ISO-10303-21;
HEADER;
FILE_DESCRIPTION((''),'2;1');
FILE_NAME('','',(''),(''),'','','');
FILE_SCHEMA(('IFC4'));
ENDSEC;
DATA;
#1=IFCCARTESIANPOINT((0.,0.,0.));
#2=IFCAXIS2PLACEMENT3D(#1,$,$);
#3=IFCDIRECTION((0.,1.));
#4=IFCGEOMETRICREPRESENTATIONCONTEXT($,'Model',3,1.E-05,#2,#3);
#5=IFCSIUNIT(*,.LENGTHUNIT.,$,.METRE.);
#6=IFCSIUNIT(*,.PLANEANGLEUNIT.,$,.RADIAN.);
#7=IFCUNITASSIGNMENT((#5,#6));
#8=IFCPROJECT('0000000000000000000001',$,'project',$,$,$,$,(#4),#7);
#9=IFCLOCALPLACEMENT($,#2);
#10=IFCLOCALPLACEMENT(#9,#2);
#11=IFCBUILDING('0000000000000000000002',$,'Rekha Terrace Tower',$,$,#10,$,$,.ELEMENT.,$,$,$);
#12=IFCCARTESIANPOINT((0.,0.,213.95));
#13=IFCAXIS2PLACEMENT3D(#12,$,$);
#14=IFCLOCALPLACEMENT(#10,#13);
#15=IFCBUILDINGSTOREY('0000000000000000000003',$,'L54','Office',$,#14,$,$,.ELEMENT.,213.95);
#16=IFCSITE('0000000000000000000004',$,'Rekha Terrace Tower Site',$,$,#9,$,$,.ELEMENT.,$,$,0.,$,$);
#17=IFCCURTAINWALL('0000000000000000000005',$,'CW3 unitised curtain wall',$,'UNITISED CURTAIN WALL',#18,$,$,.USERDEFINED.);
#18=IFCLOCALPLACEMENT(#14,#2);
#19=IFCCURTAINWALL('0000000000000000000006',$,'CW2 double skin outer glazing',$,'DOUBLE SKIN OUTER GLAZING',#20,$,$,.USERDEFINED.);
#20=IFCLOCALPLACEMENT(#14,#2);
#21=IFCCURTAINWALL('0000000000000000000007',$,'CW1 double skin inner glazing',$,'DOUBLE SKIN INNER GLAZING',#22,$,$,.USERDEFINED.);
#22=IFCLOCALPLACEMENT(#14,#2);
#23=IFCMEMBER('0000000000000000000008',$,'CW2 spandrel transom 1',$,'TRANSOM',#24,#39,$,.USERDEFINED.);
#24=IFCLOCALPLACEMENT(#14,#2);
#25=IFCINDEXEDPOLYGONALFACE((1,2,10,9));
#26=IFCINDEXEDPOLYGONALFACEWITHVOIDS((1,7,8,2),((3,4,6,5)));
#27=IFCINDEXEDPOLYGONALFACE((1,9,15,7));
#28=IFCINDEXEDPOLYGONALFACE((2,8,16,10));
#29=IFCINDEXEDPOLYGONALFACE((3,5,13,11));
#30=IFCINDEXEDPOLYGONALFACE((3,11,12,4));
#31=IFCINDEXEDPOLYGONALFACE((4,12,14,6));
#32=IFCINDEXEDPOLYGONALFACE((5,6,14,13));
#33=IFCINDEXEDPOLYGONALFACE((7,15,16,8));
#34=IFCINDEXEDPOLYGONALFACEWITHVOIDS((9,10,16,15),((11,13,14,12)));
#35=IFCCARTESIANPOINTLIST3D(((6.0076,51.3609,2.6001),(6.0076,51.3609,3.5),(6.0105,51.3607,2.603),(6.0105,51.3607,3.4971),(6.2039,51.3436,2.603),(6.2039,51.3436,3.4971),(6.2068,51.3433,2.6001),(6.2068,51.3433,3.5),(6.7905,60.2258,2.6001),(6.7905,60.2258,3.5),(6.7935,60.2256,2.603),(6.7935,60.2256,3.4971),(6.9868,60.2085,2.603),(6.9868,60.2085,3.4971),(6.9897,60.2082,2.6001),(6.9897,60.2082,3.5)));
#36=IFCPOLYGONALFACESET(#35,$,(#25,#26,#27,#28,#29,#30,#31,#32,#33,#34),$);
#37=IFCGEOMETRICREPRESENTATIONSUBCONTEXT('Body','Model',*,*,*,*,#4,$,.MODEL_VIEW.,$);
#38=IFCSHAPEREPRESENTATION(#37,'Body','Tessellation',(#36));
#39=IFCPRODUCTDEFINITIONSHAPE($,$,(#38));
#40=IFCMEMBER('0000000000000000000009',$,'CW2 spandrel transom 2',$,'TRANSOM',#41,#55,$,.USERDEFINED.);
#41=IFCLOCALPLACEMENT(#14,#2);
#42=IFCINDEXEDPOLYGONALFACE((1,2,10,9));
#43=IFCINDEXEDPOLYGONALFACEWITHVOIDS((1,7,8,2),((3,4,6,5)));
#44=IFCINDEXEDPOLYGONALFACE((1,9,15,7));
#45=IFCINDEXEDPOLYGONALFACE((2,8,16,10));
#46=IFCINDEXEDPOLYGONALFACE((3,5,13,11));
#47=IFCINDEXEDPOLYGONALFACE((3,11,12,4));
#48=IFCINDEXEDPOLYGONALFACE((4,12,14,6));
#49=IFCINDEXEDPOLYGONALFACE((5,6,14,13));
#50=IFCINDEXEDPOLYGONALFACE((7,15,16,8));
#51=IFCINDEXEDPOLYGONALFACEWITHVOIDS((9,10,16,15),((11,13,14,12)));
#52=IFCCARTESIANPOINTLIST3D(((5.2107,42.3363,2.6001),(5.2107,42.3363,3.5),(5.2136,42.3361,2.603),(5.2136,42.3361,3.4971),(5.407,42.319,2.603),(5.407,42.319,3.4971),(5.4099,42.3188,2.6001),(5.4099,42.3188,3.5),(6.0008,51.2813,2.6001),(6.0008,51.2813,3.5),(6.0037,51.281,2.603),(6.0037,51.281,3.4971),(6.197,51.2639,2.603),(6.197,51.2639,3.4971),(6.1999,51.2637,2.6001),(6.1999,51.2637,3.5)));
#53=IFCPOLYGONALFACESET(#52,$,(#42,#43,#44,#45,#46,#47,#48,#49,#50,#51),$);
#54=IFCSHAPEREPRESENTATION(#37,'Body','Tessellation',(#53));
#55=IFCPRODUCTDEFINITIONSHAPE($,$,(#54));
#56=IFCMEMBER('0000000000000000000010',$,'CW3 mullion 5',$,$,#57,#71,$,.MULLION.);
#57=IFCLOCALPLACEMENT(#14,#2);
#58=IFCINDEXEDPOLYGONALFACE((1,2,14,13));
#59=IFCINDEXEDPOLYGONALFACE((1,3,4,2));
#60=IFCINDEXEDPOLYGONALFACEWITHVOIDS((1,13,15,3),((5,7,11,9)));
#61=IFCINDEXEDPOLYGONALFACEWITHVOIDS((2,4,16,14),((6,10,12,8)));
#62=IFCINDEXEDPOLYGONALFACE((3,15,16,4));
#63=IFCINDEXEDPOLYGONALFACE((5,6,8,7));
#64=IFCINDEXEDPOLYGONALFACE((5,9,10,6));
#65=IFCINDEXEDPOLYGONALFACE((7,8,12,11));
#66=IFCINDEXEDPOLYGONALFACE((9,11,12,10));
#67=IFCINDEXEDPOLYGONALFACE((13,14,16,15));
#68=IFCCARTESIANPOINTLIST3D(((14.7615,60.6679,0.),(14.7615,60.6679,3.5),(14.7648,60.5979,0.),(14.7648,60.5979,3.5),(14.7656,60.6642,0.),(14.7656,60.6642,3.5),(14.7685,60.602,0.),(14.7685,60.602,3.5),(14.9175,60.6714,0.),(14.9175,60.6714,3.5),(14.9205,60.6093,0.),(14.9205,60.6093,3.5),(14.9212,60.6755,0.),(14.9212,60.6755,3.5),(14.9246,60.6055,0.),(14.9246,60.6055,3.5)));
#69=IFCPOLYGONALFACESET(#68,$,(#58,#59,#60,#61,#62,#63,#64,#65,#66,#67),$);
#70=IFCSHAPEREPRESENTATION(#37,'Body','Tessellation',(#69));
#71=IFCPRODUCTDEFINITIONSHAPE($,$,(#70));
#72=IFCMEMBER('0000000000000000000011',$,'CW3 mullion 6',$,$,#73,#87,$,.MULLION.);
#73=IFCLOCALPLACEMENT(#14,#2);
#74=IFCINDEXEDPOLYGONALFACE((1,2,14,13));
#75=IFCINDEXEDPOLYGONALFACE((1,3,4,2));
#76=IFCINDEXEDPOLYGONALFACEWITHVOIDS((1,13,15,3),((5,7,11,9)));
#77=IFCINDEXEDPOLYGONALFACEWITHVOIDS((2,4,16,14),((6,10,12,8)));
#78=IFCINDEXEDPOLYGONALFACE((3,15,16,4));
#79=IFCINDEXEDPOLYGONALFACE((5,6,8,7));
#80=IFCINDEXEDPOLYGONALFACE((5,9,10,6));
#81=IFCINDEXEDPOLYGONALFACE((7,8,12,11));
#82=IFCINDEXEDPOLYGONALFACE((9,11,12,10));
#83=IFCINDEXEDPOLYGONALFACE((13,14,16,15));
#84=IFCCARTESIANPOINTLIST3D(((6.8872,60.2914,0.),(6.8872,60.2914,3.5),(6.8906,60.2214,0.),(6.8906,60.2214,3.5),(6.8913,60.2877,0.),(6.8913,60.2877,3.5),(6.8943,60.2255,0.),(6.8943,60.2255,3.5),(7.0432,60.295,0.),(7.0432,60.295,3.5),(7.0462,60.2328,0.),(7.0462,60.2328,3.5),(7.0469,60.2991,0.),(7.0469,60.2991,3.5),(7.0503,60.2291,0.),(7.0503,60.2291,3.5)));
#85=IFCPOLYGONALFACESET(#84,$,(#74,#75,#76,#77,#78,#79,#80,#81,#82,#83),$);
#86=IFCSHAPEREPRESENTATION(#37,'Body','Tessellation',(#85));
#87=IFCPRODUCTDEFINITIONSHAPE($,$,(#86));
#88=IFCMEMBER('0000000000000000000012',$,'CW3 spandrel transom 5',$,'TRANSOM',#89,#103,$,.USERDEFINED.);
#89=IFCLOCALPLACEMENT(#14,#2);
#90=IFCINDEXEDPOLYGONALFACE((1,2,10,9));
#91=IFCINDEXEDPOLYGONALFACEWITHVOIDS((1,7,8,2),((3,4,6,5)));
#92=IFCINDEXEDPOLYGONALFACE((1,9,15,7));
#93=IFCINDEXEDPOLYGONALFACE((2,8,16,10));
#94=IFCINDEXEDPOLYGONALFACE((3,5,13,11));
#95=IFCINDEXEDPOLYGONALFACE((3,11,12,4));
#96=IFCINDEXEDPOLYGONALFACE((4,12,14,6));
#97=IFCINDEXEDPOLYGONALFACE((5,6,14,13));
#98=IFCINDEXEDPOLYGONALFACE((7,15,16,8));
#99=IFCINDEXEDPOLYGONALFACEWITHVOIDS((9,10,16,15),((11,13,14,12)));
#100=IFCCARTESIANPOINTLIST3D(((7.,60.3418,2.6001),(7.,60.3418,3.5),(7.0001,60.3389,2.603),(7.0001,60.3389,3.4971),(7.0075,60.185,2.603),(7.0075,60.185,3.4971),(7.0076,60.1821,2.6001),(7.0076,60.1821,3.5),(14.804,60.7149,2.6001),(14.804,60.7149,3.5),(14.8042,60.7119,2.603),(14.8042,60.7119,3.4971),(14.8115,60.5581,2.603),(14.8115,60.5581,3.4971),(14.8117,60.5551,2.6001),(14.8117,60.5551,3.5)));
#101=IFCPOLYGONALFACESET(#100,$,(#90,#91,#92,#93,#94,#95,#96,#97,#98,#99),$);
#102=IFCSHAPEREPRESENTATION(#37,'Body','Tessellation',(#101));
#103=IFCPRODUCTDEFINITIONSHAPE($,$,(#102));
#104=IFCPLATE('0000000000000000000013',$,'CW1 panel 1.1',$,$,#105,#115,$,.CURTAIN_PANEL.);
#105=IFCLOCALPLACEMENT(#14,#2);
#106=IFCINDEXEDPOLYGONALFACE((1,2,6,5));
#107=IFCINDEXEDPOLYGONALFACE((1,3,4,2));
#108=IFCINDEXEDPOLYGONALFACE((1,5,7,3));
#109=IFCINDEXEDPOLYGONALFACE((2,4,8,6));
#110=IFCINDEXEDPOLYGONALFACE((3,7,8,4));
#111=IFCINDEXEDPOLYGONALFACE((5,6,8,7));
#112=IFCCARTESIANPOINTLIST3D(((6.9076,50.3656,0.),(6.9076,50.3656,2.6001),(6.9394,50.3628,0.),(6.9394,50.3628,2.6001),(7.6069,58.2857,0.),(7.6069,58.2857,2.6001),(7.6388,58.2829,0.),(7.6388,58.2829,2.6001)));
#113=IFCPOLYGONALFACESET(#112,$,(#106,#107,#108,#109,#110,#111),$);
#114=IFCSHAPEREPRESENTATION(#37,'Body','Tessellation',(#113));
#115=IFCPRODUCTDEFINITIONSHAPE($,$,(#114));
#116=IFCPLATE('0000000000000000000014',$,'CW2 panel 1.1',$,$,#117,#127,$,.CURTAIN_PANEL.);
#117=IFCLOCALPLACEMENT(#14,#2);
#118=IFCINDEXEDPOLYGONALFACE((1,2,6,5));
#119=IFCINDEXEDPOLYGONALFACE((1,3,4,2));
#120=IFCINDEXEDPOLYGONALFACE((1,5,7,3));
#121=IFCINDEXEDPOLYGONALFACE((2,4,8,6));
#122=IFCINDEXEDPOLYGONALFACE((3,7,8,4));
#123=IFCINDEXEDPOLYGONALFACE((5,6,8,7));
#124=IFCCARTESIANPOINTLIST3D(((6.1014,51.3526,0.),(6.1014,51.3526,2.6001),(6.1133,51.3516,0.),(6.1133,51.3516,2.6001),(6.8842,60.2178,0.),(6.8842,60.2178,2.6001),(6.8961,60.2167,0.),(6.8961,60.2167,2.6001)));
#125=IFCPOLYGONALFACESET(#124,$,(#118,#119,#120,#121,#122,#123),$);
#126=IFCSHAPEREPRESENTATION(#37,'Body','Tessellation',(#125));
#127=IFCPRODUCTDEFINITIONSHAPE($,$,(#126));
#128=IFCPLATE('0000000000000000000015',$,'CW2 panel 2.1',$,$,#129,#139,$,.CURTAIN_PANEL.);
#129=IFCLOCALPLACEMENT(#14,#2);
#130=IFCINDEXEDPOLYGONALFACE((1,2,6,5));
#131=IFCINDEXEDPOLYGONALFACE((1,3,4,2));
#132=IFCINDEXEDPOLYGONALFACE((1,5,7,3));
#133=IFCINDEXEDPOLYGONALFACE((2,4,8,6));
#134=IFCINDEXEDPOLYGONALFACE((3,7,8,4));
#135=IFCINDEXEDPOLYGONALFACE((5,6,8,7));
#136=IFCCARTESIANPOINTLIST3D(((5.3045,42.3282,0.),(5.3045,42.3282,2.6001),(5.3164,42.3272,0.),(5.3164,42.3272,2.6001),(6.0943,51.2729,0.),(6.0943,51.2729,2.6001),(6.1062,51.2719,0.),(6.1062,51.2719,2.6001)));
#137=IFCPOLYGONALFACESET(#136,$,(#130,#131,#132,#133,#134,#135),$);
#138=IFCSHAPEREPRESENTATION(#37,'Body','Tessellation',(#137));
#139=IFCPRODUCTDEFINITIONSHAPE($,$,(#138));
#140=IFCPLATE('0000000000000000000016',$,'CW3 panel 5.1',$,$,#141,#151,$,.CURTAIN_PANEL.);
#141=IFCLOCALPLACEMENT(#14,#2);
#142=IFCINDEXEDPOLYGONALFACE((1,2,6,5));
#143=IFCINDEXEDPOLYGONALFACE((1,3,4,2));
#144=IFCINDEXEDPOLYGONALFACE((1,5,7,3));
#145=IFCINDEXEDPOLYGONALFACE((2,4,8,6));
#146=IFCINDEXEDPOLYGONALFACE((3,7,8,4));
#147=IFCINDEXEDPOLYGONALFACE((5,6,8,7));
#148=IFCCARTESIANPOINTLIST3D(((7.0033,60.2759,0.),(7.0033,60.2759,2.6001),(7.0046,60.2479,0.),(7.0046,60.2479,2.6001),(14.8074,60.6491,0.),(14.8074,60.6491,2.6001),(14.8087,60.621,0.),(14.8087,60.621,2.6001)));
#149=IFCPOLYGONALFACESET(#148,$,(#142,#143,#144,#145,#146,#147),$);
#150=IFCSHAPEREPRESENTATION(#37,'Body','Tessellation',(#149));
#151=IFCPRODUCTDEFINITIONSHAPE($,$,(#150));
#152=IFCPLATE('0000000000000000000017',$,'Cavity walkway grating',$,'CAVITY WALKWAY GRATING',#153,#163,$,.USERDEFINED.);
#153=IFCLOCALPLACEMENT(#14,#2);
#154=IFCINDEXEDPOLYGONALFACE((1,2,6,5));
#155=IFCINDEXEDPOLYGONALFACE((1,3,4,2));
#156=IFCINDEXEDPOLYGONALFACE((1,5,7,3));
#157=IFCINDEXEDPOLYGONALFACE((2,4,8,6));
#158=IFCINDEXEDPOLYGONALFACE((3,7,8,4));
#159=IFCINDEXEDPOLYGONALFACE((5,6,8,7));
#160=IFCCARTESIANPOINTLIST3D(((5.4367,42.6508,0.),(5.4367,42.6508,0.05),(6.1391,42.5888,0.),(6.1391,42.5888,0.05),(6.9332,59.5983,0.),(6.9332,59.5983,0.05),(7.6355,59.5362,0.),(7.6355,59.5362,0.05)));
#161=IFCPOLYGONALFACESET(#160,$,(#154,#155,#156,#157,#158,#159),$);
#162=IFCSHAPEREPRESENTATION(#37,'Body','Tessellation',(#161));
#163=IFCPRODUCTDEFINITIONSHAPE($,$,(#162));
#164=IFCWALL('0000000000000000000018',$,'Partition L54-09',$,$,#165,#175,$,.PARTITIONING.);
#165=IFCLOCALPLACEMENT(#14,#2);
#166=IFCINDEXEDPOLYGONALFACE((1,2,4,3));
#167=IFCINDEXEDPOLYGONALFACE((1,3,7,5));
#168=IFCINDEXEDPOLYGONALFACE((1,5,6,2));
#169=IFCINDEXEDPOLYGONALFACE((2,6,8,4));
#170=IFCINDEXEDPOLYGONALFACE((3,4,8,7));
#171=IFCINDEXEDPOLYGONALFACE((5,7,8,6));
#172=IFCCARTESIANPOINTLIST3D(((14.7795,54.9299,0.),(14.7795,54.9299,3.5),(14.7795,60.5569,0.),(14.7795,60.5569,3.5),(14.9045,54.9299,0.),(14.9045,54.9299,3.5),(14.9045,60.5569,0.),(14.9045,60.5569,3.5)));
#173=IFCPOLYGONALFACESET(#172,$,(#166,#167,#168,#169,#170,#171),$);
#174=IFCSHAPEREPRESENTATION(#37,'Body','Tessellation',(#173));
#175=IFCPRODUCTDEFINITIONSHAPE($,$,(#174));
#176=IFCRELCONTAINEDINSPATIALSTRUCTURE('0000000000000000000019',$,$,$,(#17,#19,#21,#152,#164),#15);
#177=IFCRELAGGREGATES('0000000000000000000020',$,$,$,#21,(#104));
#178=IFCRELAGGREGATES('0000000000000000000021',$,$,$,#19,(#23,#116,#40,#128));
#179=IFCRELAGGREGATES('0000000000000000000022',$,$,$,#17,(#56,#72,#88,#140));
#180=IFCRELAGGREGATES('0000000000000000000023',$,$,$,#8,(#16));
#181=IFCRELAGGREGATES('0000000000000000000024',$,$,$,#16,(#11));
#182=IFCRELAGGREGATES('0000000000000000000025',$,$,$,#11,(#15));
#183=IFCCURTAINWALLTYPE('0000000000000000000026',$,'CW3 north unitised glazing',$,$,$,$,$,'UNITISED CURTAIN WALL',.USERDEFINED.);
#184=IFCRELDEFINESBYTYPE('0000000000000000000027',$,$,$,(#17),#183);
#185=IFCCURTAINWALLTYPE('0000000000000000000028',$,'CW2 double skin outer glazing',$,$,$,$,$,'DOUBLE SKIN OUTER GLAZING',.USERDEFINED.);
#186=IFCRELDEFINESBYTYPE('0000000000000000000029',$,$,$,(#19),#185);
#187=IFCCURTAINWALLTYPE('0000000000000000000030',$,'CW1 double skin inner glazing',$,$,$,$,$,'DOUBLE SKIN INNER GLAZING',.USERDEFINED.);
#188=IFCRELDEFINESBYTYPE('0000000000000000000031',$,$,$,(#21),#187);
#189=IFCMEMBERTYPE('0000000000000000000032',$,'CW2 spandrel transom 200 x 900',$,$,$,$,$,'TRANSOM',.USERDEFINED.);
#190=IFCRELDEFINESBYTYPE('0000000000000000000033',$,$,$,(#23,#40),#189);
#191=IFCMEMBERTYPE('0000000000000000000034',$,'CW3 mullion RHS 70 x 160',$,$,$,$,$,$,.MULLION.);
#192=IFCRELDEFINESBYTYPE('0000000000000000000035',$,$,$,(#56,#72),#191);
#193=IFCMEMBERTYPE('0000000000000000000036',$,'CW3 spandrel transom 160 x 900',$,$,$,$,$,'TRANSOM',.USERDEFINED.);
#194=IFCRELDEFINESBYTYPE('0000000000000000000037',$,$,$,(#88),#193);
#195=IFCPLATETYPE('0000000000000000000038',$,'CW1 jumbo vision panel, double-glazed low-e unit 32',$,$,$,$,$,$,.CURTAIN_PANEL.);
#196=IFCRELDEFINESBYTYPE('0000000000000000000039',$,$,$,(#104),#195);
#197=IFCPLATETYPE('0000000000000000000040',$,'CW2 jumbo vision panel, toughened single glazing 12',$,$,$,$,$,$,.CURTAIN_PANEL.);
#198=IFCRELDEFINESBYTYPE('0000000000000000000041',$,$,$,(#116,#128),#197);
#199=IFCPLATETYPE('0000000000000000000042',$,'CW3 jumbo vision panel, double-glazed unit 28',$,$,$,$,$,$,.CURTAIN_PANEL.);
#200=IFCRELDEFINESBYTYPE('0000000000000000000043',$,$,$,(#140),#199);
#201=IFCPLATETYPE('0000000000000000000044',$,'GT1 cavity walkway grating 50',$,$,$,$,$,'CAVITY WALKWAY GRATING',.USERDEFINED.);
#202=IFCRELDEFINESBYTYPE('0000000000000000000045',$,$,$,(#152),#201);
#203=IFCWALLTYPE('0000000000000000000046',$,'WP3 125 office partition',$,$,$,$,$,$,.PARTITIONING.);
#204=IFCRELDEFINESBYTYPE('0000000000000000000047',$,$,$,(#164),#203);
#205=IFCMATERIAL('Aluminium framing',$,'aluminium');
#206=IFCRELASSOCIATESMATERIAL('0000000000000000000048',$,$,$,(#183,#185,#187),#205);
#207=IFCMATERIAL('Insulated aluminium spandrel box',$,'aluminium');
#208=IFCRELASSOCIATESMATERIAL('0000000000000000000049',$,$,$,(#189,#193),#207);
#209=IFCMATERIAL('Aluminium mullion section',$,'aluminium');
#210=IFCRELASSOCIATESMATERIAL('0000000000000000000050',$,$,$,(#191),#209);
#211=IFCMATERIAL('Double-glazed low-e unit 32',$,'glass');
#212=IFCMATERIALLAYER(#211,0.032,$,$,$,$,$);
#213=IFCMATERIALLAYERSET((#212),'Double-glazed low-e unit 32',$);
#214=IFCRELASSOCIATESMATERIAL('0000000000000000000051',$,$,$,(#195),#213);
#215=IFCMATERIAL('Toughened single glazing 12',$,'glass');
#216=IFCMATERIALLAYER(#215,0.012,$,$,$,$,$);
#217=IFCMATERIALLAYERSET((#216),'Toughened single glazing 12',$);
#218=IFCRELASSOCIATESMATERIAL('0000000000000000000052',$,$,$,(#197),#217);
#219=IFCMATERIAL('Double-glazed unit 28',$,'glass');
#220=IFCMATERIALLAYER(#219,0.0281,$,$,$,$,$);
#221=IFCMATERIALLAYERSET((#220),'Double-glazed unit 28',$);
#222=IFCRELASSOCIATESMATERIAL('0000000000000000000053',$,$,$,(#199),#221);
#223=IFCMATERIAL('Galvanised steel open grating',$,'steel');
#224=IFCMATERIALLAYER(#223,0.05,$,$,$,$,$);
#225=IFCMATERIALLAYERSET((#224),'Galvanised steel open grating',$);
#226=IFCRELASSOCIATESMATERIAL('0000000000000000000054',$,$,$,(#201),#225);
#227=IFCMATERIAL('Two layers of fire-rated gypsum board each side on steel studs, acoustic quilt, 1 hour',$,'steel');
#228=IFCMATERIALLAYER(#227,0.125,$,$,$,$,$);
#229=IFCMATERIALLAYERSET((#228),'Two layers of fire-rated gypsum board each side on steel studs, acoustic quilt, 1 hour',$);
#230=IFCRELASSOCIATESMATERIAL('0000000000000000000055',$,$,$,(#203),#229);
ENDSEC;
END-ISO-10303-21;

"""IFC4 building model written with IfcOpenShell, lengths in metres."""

from ifc_helpers import new_model, si_unit, direction, frame, frame_2d, origin, origin_2d, place, context, subcontext, project, spatial, rectangle, hollow_rectangle, extrude, material, layer, layer_set, material_profile, profile_set, type_object, element, aggregate, save


model = new_model("IFC4")

# Units and contexts
model_context = context("Model", 3, precision=1e-05, world=origin(), true_north=direction((0.0, 1.0)))
body_context = subcontext(model_context, "Body", "Model", "MODEL_VIEW")
ifc_project = project(units=[si_unit("LENGTHUNIT", "METRE"), si_unit("PLANEANGLEUNIT", "RADIAN")], contexts=[model_context])

# Site, building, storey
site_placement = place(None, origin())
site = spatial("IfcSite", under=ifc_project, at=site_placement, Name="Rekha Terrace Tower Site", CompositionType="ELEMENT", RefElevation=0.0)
building_placement = place(site_placement, origin())
building = spatial("IfcBuilding", under=site, at=building_placement, Name="Rekha Terrace Tower", CompositionType="ELEMENT")
storey_placement = place(building_placement, frame((0.0, 0.0, 213.95)))
storey = spatial("IfcBuildingStorey", under=building, at=storey_placement, Name="L54", Description="Office", CompositionType="ELEMENT", Elevation=213.95)

# Curtain walls
ifc_material_1 = material(Name="Aluminium framing", Category="aluminium")
curtain_wall_type_1 = type_object("IfcCurtainWallType", Name="CW3 north unitised glazing", ElementType="UNITISED CURTAIN WALL", PredefinedType="USERDEFINED", material=ifc_material_1)
curtain_wall_1_placement = place(storey_placement, origin())
curtain_wall_1 = element("IfcCurtainWall", 1, at=curtain_wall_1_placement, inside=storey, type_object=curtain_wall_type_1, Name="CW3 unitised curtain wall", ObjectType="UNITISED CURTAIN WALL", PredefinedType="USERDEFINED")
curtain_wall_type_2 = type_object("IfcCurtainWallType", Name="CW2 double skin outer glazing", ElementType="DOUBLE SKIN OUTER GLAZING", PredefinedType="USERDEFINED", material=ifc_material_1)
curtain_wall_2_placement = place(storey_placement, origin())
curtain_wall_2 = element("IfcCurtainWall", 2, at=curtain_wall_2_placement, inside=storey, type_object=curtain_wall_type_2, Name="CW2 double skin outer glazing", ObjectType="DOUBLE SKIN OUTER GLAZING", PredefinedType="USERDEFINED")

# Curtain wall
curtain_wall_type_3 = type_object("IfcCurtainWallType", Name="CW1 double skin inner glazing", ElementType="DOUBLE SKIN INNER GLAZING", PredefinedType="USERDEFINED", material=ifc_material_1)
curtain_wall_3_placement = place(storey_placement, origin())
curtain_wall_3 = element("IfcCurtainWall", 3, at=curtain_wall_3_placement, inside=storey, type_object=curtain_wall_type_3, Name="CW1 double skin inner glazing", ObjectType="DOUBLE SKIN INNER GLAZING", PredefinedType="USERDEFINED")
ifc_material_2 = material(Name="Aluminium mullion section", Category="aluminium")
ifc_material_3 = material(Name="Insulated aluminium spandrel box", Category="aluminium")

# Members
ifc_material_profile_1 = material_profile(ifc_material_3, hollow_rectangle(XDim=0.2, YDim=0.8999, WallThickness=0.0029, at=origin_2d()), Name="AL SPANDREL BOX 200x900")
ifc_profile_set_1 = profile_set([ifc_material_profile_1], Name="Insulated aluminium spandrel box")
member_type_1 = type_object("IfcMemberType", Name="CW2 spandrel transom 200 x 900", ElementType="TRANSOM", PredefinedType="USERDEFINED", material=ifc_profile_set_1)
member_1_placement = place(storey_placement, frame((6.8901, 60.217, 3.05), z_axis=(-0.087978, -0.996122, 0.0), x_axis=(0.996122, -0.087978, 0.0)))
member_1 = element("IfcMember", 4, at=member_1_placement, type_object=member_type_1, Name="CW2 spandrel transom 1", ObjectType="TRANSOM", PredefinedType="USERDEFINED", context=body_context, shape_type="SweptSolid", body=[
    extrude(hollow_rectangle(XDim=0.2, YDim=0.8999, WallThickness=0.0029, at=origin_2d()), origin(), (0.0, 0.0, 1.0), 8.8994),
])
member_2_placement = place(storey_placement, frame((6.1003, 51.2725, 3.05), z_axis=(-0.087981, -0.996122, 0.0), x_axis=(0.996122, -0.087981, 0.0)))
member_2 = element("IfcMember", 5, at=member_2_placement, type_object=member_type_1, Name="CW2 spandrel transom 2", ObjectType="TRANSOM", PredefinedType="USERDEFINED", context=body_context, shape_type="SweptSolid", body=[
    extrude(hollow_rectangle(XDim=0.2, YDim=0.8999, WallThickness=0.0029, at=origin_2d()), origin(), (0.0, 0.0, 1.0), 8.9797),
])
ifc_material_profile_2 = material_profile(ifc_material_2, hollow_rectangle(XDim=0.0701, YDim=0.1599, WallThickness=0.0039, at=origin_2d()), Name="AL RHS 70x160")
ifc_profile_set_2 = profile_set([ifc_material_profile_2], Name="Aluminium mullion section")
member_type_2 = type_object("IfcMemberType", Name="CW3 mullion RHS 70 x 160", PredefinedType="MULLION", material=ifc_profile_set_2)
member_3_placement = place(storey_placement, frame((14.843, 60.6367, 0.0), z_axis=(0.0, 0.0, 1.0), x_axis=(0.047759, -0.998859, 0.0)))
member_3 = element("IfcMember", 6, at=member_3_placement, type_object=member_type_2, Name="CW3 mullion 5", PredefinedType="MULLION", context=body_context, shape_type="SweptSolid", body=[
    extrude(hollow_rectangle(XDim=0.0701, YDim=0.1599, WallThickness=0.0039, at=origin_2d()), origin(), (0.0, 0.0, 1.0), 3.5),
])
member_4_placement = place(storey_placement, frame((6.9688, 60.2603, 0.0), z_axis=(0.0, 0.0, 1.0), x_axis=(0.047759, -0.998859, 0.0)))
member_4 = element("IfcMember", 7, at=member_4_placement, type_object=member_type_2, Name="CW3 mullion 6", PredefinedType="MULLION", context=body_context, shape_type="SweptSolid", body=[
    extrude(hollow_rectangle(XDim=0.0701, YDim=0.1599, WallThickness=0.0039, at=origin_2d()), origin(), (0.0, 0.0, 1.0), 3.5),
])
ifc_material_profile_3 = material_profile(ifc_material_3, hollow_rectangle(XDim=0.1599, YDim=0.8999, WallThickness=0.0029, at=origin_2d()), Name="AL SPANDREL BOX 160x900")
ifc_profile_set_3 = profile_set([ifc_material_profile_3], Name="Insulated aluminium spandrel box")
member_type_3 = type_object("IfcMemberType", Name="CW3 spandrel transom 160 x 900", ElementType="TRANSOM", PredefinedType="USERDEFINED", material=ifc_profile_set_3)
member_5_placement = place(storey_placement, frame((14.8079, 60.635, 3.05), z_axis=(-0.998859, -0.047748, 0.0), x_axis=(0.047748, -0.998859, 0.0)))
member_5 = element("IfcMember", 8, at=member_5_placement, type_object=member_type_3, Name="CW3 spandrel transom 5", ObjectType="TRANSOM", PredefinedType="USERDEFINED", context=body_context, shape_type="SweptSolid", body=[
    extrude(hollow_rectangle(XDim=0.1599, YDim=0.8999, WallThickness=0.0029, at=origin_2d()), origin(), (0.0, 0.0, 1.0), 7.813),
])

# Plates
ifc_material_4 = material(Name="Double-glazed low-e unit 32", Category="glass")
ifc_layer_1 = layer(ifc_material_4, 0.032)
ifc_layer_set_1 = layer_set([ifc_layer_1], Name="Double-glazed low-e unit 32")
plate_type_1 = type_object("IfcPlateType", Name="CW1 jumbo vision panel, double-glazed low-e unit 32", PredefinedType="CURTAIN_PANEL", material=ifc_layer_set_1)
plate_1_placement = place(storey_placement, frame((7.2732, 54.3242, 0.0), z_axis=(0.0, 0.0, 1.0), x_axis=(-0.087958, -0.996124, 0.0)))
plate_1 = element("IfcPlate", 9, at=plate_1_placement, type_object=plate_type_1, Name="CW1 panel 1.1", PredefinedType="CURTAIN_PANEL", context=body_context, shape_type="SweptSolid", body=[
    extrude(rectangle(XDim=7.9509, YDim=0.032, at=origin_2d()), origin(), (0.0, 0.0, 1.0), 2.6001),
])
aggregate(curtain_wall_3, [plate_1])
ifc_material_5 = material(Name="Toughened single glazing 12", Category="glass")
ifc_layer_2 = layer(ifc_material_5, 0.012)
ifc_layer_set_2 = layer_set([ifc_layer_2], Name="Toughened single glazing 12")
plate_type_2 = type_object("IfcPlateType", Name="CW2 jumbo vision panel, toughened single glazing 12", PredefinedType="CURTAIN_PANEL", material=ifc_layer_set_2)
plate_2_placement = place(storey_placement, frame((6.4988, 55.7847, 0.0), z_axis=(0.0, 0.0, 1.0), x_axis=(-0.087958, -0.996124, 0.0)))
plate_2 = element("IfcPlate", 10, at=plate_2_placement, type_object=plate_type_2, Name="CW2 panel 1.1", PredefinedType="CURTAIN_PANEL", context=body_context, shape_type="SweptSolid", body=[
    extrude(rectangle(XDim=8.8997, YDim=0.012, at=origin_2d()), origin(), (0.0, 0.0, 1.0), 2.6001),
])
plate_3_placement = place(storey_placement, frame((5.7053, 46.8, 0.0), z_axis=(0.0, 0.0, 1.0), x_axis=(-0.087958, -0.996124, 0.0)))
plate_3 = element("IfcPlate", 11, at=plate_3_placement, type_object=plate_type_2, Name="CW2 panel 2.1", PredefinedType="CURTAIN_PANEL", context=body_context, shape_type="SweptSolid", body=[
    extrude(rectangle(XDim=8.9795, YDim=0.012, at=origin_2d()), origin(), (0.0, 0.0, 1.0), 2.6001),
])
aggregate(curtain_wall_2, [member_1, plate_2, member_2, plate_3])
ifc_material_6 = material(Name="Double-glazed unit 28", Category="glass")
ifc_layer_3 = layer(ifc_material_6, 0.0281)
ifc_layer_set_3 = layer_set([ifc_layer_3], Name="Double-glazed unit 28")
plate_type_3 = type_object("IfcPlateType", Name="CW3 jumbo vision panel, double-glazed unit 28", PredefinedType="CURTAIN_PANEL", material=ifc_layer_set_3)
plate_4_placement = place(storey_placement, frame((10.906, 60.4485, 0.0), z_axis=(0.0, 0.0, 1.0), x_axis=(-0.998859, -0.047759, 0.0)))
plate_4 = element("IfcPlate", 12, at=plate_4_placement, type_object=plate_type_3, Name="CW3 panel 5.1", PredefinedType="CURTAIN_PANEL", context=body_context, shape_type="SweptSolid", body=[
    extrude(rectangle(XDim=7.813, YDim=0.0281, at=origin_2d()), origin(), (0.0, 0.0, 1.0), 2.6001),
])
aggregate(curtain_wall_1, [member_3, member_4, member_5, plate_4])
ifc_material_7 = material(Name="Galvanised steel open grating", Category="steel")
ifc_layer_4 = layer(ifc_material_7, 0.05)
ifc_layer_set_4 = layer_set([ifc_layer_4], Name="Galvanised steel open grating")
plate_type_4 = type_object("IfcPlateType", Name="GT1 cavity walkway grating 50", ElementType="CAVITY WALKWAY GRATING", PredefinedType="USERDEFINED", material=ifc_layer_set_4)
plate_5_placement = place(storey_placement, frame((6.5361, 51.0935, 0.0), z_axis=(0.0, 0.0, 1.0), x_axis=(-0.087958, -0.996124, 0.0)))
element("IfcPlate", 13, at=plate_5_placement, inside=storey, type_object=plate_type_4, Name="Cavity walkway grating", ObjectType="CAVITY WALKWAY GRATING", PredefinedType="USERDEFINED", context=body_context, shape_type="SweptSolid", body=[
    extrude(rectangle(XDim=17.0134, YDim=0.7051, at=origin_2d()), origin(), (0.0, 0.0, 1.0), 0.05),
])

# Wall
ifc_material_8 = material(Name="Two layers of fire-rated gypsum board each side on steel studs, acoustic quilt, 1 hour", Category="steel")
ifc_layer_5 = layer(ifc_material_8, 0.125)
ifc_layer_set_5 = layer_set([ifc_layer_5], Name="Two layers of fire-rated gypsum board each side on steel studs, acoustic quilt, 1 hour")
wall_type = type_object("IfcWallType", Name="WP3 125 office partition", PredefinedType="PARTITIONING", material=ifc_layer_set_5)
wall_1_placement = place(storey_placement, frame((14.842, 60.5569, 0.0), z_axis=(0.0, 0.0, 1.0), x_axis=(0.0, -1.0, 0.0)))
element("IfcWall", 14, at=wall_1_placement, inside=storey, type_object=wall_type, Name="Partition L54-09", PredefinedType="PARTITIONING", context=body_context, shape_type="SweptSolid", body=[
    extrude(rectangle(XDim=5.627, YDim=0.125, at=frame_2d((2.8135, 0.0))), origin(), (0.0, 0.0, 1.0), 3.5),
])

save(model, "model.ifc")
